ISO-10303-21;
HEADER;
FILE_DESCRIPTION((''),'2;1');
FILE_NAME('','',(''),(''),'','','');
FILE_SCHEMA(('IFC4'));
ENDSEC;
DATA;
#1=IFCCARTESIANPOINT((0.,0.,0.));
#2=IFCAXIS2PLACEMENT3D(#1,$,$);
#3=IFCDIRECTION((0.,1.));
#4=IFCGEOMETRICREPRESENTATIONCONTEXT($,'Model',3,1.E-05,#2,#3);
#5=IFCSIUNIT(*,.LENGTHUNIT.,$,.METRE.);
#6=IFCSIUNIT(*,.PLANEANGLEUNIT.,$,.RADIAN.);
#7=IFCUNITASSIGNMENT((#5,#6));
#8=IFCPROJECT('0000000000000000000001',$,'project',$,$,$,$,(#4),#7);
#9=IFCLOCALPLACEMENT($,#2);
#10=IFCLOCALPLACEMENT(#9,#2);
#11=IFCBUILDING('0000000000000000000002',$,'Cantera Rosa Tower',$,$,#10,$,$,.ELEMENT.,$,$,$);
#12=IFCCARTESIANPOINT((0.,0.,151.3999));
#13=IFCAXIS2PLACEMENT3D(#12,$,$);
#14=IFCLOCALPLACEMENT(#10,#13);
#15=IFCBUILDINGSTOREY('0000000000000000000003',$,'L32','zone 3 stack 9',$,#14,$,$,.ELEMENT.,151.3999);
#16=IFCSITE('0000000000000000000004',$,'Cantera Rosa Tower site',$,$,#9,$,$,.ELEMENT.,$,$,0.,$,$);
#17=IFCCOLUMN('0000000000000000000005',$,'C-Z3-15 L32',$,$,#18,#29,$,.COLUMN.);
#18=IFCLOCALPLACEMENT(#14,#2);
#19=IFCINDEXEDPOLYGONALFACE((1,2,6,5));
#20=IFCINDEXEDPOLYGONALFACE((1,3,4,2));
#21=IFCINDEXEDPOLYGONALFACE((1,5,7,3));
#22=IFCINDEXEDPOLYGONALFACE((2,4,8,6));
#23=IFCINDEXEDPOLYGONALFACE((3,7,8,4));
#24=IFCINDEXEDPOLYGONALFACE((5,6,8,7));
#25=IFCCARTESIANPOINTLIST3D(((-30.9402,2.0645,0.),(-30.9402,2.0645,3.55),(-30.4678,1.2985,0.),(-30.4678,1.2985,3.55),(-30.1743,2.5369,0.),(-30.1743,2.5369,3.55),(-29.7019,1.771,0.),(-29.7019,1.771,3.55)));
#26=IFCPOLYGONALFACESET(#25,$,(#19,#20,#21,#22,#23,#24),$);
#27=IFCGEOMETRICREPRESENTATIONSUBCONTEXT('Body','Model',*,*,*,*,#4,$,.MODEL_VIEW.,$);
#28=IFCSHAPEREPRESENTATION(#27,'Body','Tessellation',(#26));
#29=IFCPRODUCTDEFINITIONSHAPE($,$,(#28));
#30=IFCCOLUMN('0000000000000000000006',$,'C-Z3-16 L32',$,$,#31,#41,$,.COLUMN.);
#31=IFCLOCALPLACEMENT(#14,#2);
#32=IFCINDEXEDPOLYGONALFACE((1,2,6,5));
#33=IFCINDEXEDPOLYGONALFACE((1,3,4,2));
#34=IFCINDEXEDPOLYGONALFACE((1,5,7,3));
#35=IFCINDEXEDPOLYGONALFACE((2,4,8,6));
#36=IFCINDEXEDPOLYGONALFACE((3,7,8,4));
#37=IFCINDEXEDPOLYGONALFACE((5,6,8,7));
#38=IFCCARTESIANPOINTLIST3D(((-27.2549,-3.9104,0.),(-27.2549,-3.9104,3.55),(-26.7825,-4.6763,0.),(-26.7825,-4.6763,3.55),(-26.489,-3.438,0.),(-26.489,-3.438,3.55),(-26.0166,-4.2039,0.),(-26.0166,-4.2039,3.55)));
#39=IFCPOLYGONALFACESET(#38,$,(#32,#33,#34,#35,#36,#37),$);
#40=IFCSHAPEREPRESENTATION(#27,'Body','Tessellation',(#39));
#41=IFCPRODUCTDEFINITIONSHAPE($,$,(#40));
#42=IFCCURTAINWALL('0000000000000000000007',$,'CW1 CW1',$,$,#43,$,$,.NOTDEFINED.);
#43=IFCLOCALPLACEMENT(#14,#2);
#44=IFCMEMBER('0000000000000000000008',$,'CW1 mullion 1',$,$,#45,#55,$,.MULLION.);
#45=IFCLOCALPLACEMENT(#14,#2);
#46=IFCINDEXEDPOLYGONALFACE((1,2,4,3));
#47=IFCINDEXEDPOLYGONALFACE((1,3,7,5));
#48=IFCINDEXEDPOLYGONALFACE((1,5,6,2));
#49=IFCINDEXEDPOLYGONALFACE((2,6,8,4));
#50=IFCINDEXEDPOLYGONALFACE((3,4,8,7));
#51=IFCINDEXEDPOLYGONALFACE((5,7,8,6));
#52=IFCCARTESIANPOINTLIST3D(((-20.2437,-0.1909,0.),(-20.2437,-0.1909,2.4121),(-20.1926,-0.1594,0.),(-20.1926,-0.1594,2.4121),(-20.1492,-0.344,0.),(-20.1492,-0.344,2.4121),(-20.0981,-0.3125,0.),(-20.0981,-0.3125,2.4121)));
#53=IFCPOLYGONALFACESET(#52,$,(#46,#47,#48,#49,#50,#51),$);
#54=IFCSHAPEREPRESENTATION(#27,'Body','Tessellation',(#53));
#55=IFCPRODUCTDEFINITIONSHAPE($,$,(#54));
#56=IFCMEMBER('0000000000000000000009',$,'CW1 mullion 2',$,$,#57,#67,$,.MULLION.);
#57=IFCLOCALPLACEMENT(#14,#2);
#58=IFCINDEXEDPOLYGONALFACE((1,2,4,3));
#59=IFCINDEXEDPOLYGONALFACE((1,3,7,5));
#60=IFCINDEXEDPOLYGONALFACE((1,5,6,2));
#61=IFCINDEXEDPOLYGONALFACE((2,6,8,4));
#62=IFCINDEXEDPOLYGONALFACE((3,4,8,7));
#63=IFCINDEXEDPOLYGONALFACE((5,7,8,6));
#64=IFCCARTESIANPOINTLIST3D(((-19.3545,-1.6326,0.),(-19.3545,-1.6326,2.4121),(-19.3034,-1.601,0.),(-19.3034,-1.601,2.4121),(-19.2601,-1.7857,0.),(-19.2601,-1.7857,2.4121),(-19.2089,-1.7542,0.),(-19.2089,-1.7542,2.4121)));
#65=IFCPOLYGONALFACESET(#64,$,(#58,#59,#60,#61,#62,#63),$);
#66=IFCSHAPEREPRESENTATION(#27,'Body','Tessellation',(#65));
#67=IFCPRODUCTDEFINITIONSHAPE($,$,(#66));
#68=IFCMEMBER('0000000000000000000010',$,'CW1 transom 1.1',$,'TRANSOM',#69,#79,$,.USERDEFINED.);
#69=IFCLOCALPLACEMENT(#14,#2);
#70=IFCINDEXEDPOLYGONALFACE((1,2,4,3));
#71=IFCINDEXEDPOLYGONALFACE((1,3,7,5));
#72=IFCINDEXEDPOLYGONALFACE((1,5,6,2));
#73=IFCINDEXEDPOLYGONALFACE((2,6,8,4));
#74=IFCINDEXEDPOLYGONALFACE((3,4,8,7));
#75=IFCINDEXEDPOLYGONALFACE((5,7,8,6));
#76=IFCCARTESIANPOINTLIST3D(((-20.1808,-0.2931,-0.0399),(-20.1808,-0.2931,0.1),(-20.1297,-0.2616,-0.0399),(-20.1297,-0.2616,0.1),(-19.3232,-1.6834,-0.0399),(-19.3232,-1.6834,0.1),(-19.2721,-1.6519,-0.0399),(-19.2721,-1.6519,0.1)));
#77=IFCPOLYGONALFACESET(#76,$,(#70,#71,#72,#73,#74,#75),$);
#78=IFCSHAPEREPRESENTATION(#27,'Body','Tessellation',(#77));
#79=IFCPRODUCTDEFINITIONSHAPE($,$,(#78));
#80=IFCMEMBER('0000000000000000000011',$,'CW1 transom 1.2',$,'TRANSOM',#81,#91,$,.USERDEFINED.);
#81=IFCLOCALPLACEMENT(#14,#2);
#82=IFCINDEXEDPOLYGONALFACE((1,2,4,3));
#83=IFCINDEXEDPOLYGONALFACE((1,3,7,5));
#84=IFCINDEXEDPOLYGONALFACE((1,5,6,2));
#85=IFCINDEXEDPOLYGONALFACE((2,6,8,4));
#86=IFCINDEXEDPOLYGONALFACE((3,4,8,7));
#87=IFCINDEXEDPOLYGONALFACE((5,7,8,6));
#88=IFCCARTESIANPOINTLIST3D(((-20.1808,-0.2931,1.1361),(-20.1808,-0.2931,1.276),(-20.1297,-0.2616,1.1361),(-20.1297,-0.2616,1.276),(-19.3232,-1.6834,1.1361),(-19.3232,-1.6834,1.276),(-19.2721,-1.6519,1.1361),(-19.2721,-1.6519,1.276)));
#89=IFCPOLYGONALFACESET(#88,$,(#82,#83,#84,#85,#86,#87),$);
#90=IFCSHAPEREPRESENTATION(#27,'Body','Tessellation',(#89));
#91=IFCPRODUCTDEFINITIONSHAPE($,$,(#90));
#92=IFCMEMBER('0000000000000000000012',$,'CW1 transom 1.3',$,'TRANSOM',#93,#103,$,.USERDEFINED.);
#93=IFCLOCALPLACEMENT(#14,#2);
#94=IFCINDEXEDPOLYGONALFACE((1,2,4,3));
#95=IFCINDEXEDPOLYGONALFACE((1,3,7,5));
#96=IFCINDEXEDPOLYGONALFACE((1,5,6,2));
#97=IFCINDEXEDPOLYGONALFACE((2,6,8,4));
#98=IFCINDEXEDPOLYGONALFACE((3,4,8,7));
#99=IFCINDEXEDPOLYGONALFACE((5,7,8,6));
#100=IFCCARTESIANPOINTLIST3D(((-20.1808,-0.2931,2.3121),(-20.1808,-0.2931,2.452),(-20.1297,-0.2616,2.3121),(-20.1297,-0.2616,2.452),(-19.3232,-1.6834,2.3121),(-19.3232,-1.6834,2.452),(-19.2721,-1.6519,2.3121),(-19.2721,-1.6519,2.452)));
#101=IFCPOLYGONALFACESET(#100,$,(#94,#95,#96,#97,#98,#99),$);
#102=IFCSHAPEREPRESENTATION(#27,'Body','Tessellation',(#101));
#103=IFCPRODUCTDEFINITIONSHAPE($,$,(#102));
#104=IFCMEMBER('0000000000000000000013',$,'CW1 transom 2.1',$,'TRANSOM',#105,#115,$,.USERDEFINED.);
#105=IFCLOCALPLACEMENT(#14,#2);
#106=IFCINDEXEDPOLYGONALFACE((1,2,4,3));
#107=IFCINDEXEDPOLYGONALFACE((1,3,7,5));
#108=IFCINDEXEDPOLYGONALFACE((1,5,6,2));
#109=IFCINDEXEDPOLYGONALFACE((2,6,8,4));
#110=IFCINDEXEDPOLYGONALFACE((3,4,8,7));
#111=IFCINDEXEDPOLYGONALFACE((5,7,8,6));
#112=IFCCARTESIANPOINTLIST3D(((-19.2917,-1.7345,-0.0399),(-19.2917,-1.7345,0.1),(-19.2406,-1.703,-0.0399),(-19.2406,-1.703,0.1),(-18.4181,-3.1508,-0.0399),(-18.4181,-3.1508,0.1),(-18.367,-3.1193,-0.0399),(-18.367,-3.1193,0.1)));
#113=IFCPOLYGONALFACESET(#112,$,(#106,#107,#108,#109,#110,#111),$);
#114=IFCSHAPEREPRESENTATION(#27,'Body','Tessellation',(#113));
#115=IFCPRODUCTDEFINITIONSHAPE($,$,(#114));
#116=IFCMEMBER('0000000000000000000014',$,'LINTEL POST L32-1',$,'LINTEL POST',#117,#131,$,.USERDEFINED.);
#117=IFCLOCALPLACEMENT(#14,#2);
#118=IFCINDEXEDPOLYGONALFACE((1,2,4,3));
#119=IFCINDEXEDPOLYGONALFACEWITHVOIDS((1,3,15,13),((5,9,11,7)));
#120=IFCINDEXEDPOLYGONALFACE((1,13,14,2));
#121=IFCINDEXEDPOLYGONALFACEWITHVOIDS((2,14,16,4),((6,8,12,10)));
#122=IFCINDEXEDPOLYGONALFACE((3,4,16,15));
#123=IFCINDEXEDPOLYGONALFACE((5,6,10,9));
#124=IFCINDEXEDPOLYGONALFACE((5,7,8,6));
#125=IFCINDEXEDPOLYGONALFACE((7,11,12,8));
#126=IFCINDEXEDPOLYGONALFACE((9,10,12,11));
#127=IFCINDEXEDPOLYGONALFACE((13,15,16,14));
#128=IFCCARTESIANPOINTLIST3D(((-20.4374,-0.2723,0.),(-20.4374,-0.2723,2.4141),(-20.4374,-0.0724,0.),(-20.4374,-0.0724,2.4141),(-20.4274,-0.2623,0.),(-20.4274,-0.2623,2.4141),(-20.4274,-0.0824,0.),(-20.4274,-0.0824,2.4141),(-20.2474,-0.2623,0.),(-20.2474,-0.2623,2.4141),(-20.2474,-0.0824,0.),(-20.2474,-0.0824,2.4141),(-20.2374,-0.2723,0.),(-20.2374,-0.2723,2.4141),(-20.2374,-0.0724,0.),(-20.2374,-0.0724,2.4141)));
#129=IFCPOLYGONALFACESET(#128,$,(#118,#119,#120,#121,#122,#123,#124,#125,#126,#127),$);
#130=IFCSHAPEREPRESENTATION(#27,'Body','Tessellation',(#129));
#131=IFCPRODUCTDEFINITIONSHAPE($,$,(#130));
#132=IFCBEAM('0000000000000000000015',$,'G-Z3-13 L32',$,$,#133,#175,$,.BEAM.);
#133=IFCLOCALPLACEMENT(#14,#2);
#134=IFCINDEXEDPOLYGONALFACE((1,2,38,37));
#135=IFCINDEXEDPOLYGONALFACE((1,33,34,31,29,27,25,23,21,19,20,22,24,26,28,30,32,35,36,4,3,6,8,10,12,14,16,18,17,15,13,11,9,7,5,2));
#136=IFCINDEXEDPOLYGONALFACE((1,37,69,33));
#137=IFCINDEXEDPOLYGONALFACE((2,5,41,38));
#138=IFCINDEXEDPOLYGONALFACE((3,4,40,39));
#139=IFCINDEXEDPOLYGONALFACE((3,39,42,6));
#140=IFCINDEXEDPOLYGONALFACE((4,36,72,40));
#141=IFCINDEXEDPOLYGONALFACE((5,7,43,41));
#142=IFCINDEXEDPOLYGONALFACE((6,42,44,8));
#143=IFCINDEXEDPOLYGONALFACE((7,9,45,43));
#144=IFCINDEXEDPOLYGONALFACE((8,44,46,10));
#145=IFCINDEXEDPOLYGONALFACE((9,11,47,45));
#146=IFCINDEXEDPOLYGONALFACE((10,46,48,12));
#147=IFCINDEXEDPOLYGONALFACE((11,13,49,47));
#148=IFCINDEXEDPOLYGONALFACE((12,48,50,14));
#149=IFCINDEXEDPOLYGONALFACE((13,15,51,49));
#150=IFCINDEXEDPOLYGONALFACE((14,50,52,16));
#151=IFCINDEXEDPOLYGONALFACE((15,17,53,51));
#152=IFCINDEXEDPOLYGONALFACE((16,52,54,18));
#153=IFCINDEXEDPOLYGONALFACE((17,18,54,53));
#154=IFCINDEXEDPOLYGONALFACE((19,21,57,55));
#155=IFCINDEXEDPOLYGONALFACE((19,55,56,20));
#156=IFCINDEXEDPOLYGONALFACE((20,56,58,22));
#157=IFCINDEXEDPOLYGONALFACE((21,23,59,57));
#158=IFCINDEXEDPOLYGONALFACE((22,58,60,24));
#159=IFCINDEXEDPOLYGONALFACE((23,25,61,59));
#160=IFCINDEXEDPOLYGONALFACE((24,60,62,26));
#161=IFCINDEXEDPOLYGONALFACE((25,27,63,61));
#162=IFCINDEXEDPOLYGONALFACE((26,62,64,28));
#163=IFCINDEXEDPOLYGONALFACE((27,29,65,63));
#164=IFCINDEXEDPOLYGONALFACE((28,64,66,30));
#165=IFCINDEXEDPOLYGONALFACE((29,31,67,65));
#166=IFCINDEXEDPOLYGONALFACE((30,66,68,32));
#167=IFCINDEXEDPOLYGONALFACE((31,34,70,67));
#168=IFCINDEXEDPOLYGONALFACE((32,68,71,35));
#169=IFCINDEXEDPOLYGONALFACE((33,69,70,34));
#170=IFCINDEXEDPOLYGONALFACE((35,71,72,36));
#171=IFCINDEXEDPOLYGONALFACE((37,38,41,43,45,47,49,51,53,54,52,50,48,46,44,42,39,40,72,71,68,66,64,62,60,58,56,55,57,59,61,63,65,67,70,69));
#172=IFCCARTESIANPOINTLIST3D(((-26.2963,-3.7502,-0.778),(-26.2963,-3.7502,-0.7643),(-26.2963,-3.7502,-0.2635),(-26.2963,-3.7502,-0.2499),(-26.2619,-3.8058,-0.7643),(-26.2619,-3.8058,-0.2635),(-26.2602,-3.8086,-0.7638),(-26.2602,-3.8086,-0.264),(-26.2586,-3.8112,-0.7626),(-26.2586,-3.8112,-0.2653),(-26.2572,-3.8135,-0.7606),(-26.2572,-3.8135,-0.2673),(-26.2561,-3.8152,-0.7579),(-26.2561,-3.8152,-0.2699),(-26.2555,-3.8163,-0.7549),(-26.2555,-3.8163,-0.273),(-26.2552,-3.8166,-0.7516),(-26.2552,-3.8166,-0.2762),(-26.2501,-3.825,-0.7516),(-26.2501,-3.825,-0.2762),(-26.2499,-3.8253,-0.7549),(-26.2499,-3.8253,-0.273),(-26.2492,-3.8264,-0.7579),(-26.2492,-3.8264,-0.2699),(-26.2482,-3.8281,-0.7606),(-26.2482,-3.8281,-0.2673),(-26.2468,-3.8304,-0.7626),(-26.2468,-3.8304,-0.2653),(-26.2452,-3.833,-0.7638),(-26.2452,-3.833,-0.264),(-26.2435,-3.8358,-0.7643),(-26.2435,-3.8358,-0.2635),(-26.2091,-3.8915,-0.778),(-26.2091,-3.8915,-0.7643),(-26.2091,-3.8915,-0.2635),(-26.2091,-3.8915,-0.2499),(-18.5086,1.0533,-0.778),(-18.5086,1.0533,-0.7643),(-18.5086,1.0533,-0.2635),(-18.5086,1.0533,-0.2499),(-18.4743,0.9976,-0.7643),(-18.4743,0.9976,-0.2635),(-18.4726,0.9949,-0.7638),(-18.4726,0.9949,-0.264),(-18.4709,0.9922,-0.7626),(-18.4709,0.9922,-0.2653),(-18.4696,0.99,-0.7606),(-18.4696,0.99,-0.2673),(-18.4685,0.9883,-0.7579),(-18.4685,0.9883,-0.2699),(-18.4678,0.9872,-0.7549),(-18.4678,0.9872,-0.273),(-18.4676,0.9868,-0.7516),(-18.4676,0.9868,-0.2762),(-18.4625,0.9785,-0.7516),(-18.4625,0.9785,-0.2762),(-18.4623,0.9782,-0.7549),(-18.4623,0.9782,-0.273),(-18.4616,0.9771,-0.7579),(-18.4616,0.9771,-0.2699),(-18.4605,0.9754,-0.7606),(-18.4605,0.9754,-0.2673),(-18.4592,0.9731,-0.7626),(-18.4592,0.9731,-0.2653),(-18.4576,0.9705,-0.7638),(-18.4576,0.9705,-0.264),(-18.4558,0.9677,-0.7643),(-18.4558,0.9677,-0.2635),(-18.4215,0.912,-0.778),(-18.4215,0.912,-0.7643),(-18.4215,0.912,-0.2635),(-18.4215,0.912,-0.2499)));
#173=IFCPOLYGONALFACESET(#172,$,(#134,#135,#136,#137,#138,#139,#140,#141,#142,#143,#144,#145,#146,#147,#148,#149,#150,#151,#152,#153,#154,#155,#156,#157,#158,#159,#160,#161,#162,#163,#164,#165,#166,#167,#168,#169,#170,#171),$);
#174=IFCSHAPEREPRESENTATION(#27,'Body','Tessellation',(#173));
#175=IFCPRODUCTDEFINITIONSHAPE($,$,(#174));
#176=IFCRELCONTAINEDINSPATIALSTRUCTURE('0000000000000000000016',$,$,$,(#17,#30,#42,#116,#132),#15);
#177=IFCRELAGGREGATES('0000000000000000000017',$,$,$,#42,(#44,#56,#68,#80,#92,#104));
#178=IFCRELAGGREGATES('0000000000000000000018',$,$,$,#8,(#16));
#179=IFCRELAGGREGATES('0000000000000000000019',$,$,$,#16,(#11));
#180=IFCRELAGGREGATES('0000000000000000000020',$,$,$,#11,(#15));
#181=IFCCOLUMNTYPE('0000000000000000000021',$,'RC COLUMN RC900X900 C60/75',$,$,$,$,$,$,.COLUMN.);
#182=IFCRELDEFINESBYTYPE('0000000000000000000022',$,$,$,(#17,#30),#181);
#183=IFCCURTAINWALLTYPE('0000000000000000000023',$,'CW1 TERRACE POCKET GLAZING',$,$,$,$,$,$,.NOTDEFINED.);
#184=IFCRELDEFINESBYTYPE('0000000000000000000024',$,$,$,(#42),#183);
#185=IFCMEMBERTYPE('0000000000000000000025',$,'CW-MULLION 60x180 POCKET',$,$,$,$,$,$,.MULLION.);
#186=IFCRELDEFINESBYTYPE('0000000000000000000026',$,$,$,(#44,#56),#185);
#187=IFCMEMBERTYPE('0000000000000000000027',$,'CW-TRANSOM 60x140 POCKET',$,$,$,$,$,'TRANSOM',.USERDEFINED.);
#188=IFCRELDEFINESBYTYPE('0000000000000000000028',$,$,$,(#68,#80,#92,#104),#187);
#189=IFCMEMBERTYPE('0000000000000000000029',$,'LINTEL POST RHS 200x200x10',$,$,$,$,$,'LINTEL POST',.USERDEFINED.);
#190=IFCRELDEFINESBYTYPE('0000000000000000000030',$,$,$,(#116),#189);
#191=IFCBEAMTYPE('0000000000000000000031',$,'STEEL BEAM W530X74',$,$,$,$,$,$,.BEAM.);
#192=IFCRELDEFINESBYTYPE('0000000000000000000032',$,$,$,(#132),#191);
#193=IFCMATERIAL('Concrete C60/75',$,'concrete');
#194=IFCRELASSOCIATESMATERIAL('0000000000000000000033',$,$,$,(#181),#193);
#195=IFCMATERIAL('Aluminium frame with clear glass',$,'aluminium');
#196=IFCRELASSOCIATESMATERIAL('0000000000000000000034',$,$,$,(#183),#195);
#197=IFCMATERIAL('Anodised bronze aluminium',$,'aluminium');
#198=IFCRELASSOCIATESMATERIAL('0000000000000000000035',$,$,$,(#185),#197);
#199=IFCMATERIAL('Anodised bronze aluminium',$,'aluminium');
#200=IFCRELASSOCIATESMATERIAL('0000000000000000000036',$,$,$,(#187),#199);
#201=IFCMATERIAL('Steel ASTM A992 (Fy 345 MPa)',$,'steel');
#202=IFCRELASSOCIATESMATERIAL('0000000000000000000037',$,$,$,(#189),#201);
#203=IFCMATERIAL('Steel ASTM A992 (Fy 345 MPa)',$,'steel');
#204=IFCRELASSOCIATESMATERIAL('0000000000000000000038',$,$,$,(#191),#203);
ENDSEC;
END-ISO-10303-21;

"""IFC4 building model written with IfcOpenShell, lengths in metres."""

from ifc_helpers import new_model, si_unit, direction, frame, origin, origin_2d, place, context, subcontext, project, spatial, rectangle, hollow_rectangle, i_section, extrude, material, material_profile, profile_set, type_object, element, aggregate, save


model = new_model("IFC4")

# Units and contexts
model_context = context("Model", 3, precision=1e-05, world=origin(), true_north=direction((0.0, 1.0)))
body_context = subcontext(model_context, "Body", "Model", "MODEL_VIEW")
ifc_project = project(units=[si_unit("LENGTHUNIT", "METRE"), si_unit("PLANEANGLEUNIT", "RADIAN")], contexts=[model_context])

# Site, building, storey
site_placement = place(None, origin())
site = spatial("IfcSite", under=ifc_project, at=site_placement, Name="Cantera Rosa Tower site", CompositionType="ELEMENT", RefElevation=0.0)
building_placement = place(site_placement, origin())
building = spatial("IfcBuilding", under=site, at=building_placement, Name="Cantera Rosa Tower", CompositionType="ELEMENT")
storey_placement = place(building_placement, frame((0.0, 0.0, 151.3999)))
storey = spatial("IfcBuildingStorey", under=building, at=storey_placement, Name="L32", Description="zone 3 stack 9", CompositionType="ELEMENT", Elevation=151.3999)

# Columns
ifc_material_1 = material(Name="Concrete C60/75", Category="concrete")
ifc_material_profile_1 = material_profile(ifc_material_1, rectangle(XDim=0.8999, YDim=0.8999, at=origin_2d()), Name="RC COLUMN RC900X900 C60/75")
ifc_profile_set_1 = profile_set([ifc_material_profile_1], Name="Concrete C60/75")
column_type = type_object("IfcColumnType", Name="RC COLUMN RC900X900 C60/75", PredefinedType="COLUMN", material=ifc_profile_set_1)
for number, where, z_axis, x_axis, name in (
    (1, (-30.321, 1.9177, 0.0), (0.0, 0.0, 1.0), (0.851117, 0.524977, 0.0), "C-Z3-15 L32"),
    (2, (-26.6357, -4.0571, 0.0), (0.0, 0.0, 1.0), (0.851117, 0.524977, 0.0), "C-Z3-16 L32"),
):
    element("IfcColumn", number, at=place(storey_placement, frame(where, z_axis=z_axis, x_axis=x_axis)), inside=storey, type_object=column_type, Name=name, PredefinedType="COLUMN", context=body_context, shape_type="SweptSolid", body=[
        extrude(rectangle(XDim=0.8999, YDim=0.8999, at=origin_2d()), origin(), (0.0, 0.0, 1.0), 3.55),
    ])

# Curtain wall, members
ifc_material_2 = material(Name="Aluminium frame with clear glass", Category="aluminium")
curtain_wall_type = type_object("IfcCurtainWallType", Name="CW1 TERRACE POCKET GLAZING", PredefinedType="NOTDEFINED", material=ifc_material_2)
curtain_wall_placement = place(storey_placement, origin())
curtain_wall = element("IfcCurtainWall", 3, at=curtain_wall_placement, inside=storey, type_object=curtain_wall_type, Name="CW1 CW1", PredefinedType="NOTDEFINED")
ifc_material_3 = material(Name="Anodised bronze aluminium", Category="aluminium")
ifc_material_profile_2 = material_profile(ifc_material_3, rectangle(XDim=0.0601, YDim=0.1799, at=origin_2d()), Name="CW-MULLION 60x180 POCKET")
ifc_profile_set_2 = profile_set([ifc_material_profile_2], Name="Anodised bronze aluminium")
member_type_1 = type_object("IfcMemberType", Name="CW-MULLION 60x180 POCKET", PredefinedType="MULLION", material=ifc_profile_set_2)
member_1_placement = place(storey_placement, frame((-20.1709, -0.2517, 0.0), z_axis=(0.0, 0.0, 1.0), x_axis=(0.851117, 0.524977, 0.0)))
member_1 = element("IfcMember", 4, at=member_1_placement, type_object=member_type_1, Name="CW1 mullion 1", PredefinedType="MULLION", context=body_context, shape_type="SweptSolid", body=[
    extrude(rectangle(XDim=0.0601, YDim=0.1799, at=origin_2d()), origin(), (0.0, 0.0, 1.0), 2.4121),
])
member_2_placement = place(storey_placement, frame((-19.2817, -1.6934, 0.0), z_axis=(0.0, 0.0, 1.0), x_axis=(0.851117, 0.524977, 0.0)))
member_2 = element("IfcMember", 5, at=member_2_placement, type_object=member_type_1, Name="CW1 mullion 2", PredefinedType="MULLION", context=body_context, shape_type="SweptSolid", body=[
    extrude(rectangle(XDim=0.0601, YDim=0.1799, at=origin_2d()), origin(), (0.0, 0.0, 1.0), 2.4121),
])
ifc_material_4 = material(Name="Anodised bronze aluminium", Category="aluminium")
ifc_material_profile_3 = material_profile(ifc_material_4, rectangle(XDim=0.0601, YDim=0.1399, at=origin_2d()), Name="CW-TRANSOM 60x140 POCKET")
ifc_profile_set_3 = profile_set([ifc_material_profile_3], Name="Anodised bronze aluminium")
member_type_2 = type_object("IfcMemberType", Name="CW-TRANSOM 60x140 POCKET", ElementType="TRANSOM", PredefinedType="USERDEFINED", material=ifc_profile_set_3)
member_3_placement = place(storey_placement, frame((-20.1553, -0.2773, 0.03), z_axis=(0.525006, -0.851099, 0.0), x_axis=(0.851099, 0.525006, 0.0)))
member_3 = element("IfcMember", 6, at=member_3_placement, type_object=member_type_2, Name="CW1 transom 1.1", ObjectType="TRANSOM", PredefinedType="USERDEFINED", context=body_context, shape_type="SweptSolid", body=[
    extrude(rectangle(XDim=0.0601, YDim=0.1399, at=origin_2d()), origin(), (0.0, 0.0, 1.0), 1.6335),
])
member_4_placement = place(storey_placement, frame((-20.1553, -0.2773, 1.2061), z_axis=(0.525006, -0.851099, 0.0), x_axis=(0.851099, 0.525006, 0.0)))
member_4 = element("IfcMember", 7, at=member_4_placement, type_object=member_type_2, Name="CW1 transom 1.2", ObjectType="TRANSOM", PredefinedType="USERDEFINED", context=body_context, shape_type="SweptSolid", body=[
    extrude(rectangle(XDim=0.0601, YDim=0.1399, at=origin_2d()), origin(), (0.0, 0.0, 1.0), 1.6335),
])
member_5_placement = place(storey_placement, frame((-20.1553, -0.2773, 2.3821), z_axis=(0.525006, -0.851099, 0.0), x_axis=(0.851099, 0.525006, 0.0)))
member_5 = element("IfcMember", 8, at=member_5_placement, type_object=member_type_2, Name="CW1 transom 1.3", ObjectType="TRANSOM", PredefinedType="USERDEFINED", context=body_context, shape_type="SweptSolid", body=[
    extrude(rectangle(XDim=0.0601, YDim=0.1399, at=origin_2d()), origin(), (0.0, 0.0, 1.0), 1.6335),
])
member_6_placement = place(storey_placement, frame((-19.2661, -1.7188, 0.03), z_axis=(0.524965, -0.851124, 0.0), x_axis=(0.851124, 0.524965, 0.0)))
member_6 = element("IfcMember", 9, at=member_6_placement, type_object=member_type_2, Name="CW1 transom 2.1", ObjectType="TRANSOM", PredefinedType="USERDEFINED", context=body_context, shape_type="SweptSolid", body=[
    extrude(rectangle(XDim=0.0601, YDim=0.1399, at=origin_2d()), origin(), (0.0, 0.0, 1.0), 1.6641),
])

# Member
ifc_material_5 = material(Name="Steel ASTM A992 (Fy 345 MPa)", Category="steel")
ifc_material_profile_4 = material_profile(ifc_material_5, hollow_rectangle(XDim=0.2, YDim=0.2, WallThickness=0.01, at=origin_2d()), Name="LINTEL POST RHS 200x200x10")
ifc_profile_set_4 = profile_set([ifc_material_profile_4], Name="Steel ASTM A992 (Fy 345 MPa)")
member_type_3 = type_object("IfcMemberType", Name="LINTEL POST RHS 200x200x10", ElementType="LINTEL POST", PredefinedType="USERDEFINED", material=ifc_profile_set_4)
member_7_placement = place(storey_placement, frame((-20.3374, -0.1724, 0.0), z_axis=(0.0, 0.0, 1.0), x_axis=(1.0, 0.0, 0.0)))
element("IfcMember", 10, at=member_7_placement, inside=storey, type_object=member_type_3, Name="LINTEL POST L32-1", ObjectType="LINTEL POST", PredefinedType="USERDEFINED", context=body_context, shape_type="SweptSolid", body=[
    extrude(hollow_rectangle(XDim=0.2, YDim=0.2, WallThickness=0.01, at=origin_2d()), origin(), (0.0, 0.0, 1.0), 2.4141),
])

# Beam
ifc_material_6 = material(Name="Steel ASTM A992 (Fy 345 MPa)", Category="steel")
ifc_material_profile_5 = material_profile(ifc_material_6, i_section(OverallWidth=0.166, OverallDepth=0.5281, WebThickness=0.0098, FlangeThickness=0.0137, FilletRadius=0.0127, at=origin_2d()), Name="W530X74")
ifc_profile_set_5 = profile_set([ifc_material_profile_5], Name="Steel ASTM A992 (Fy 345 MPa)")
beam_type_1 = type_object("IfcBeamType", Name="STEEL BEAM W530X74", PredefinedType="BEAM", material=ifc_profile_set_5)
beam_1_placement = place(storey_placement, frame((-26.2527, -3.8208, -0.5139), z_axis=(0.851116, 0.524977, 0.0), x_axis=(-0.524977, 0.851116, 0.0)))
element("IfcBeam", 11, at=beam_1_placement, inside=storey, type_object=beam_type_1, Name="G-Z3-13 L32", PredefinedType="BEAM", context=body_context, shape_type="SweptSolid", body=[
    extrude(i_section(OverallWidth=0.166, OverallDepth=0.5281, WebThickness=0.0098, FlangeThickness=0.0137, FilletRadius=0.0127, at=origin_2d()), origin(), (0.0, 0.0, 1.0), 9.1499),
])

aggregate(curtain_wall, [member_1, member_2, member_3, member_4, member_5, member_6])

save(model, "model.ifc")
